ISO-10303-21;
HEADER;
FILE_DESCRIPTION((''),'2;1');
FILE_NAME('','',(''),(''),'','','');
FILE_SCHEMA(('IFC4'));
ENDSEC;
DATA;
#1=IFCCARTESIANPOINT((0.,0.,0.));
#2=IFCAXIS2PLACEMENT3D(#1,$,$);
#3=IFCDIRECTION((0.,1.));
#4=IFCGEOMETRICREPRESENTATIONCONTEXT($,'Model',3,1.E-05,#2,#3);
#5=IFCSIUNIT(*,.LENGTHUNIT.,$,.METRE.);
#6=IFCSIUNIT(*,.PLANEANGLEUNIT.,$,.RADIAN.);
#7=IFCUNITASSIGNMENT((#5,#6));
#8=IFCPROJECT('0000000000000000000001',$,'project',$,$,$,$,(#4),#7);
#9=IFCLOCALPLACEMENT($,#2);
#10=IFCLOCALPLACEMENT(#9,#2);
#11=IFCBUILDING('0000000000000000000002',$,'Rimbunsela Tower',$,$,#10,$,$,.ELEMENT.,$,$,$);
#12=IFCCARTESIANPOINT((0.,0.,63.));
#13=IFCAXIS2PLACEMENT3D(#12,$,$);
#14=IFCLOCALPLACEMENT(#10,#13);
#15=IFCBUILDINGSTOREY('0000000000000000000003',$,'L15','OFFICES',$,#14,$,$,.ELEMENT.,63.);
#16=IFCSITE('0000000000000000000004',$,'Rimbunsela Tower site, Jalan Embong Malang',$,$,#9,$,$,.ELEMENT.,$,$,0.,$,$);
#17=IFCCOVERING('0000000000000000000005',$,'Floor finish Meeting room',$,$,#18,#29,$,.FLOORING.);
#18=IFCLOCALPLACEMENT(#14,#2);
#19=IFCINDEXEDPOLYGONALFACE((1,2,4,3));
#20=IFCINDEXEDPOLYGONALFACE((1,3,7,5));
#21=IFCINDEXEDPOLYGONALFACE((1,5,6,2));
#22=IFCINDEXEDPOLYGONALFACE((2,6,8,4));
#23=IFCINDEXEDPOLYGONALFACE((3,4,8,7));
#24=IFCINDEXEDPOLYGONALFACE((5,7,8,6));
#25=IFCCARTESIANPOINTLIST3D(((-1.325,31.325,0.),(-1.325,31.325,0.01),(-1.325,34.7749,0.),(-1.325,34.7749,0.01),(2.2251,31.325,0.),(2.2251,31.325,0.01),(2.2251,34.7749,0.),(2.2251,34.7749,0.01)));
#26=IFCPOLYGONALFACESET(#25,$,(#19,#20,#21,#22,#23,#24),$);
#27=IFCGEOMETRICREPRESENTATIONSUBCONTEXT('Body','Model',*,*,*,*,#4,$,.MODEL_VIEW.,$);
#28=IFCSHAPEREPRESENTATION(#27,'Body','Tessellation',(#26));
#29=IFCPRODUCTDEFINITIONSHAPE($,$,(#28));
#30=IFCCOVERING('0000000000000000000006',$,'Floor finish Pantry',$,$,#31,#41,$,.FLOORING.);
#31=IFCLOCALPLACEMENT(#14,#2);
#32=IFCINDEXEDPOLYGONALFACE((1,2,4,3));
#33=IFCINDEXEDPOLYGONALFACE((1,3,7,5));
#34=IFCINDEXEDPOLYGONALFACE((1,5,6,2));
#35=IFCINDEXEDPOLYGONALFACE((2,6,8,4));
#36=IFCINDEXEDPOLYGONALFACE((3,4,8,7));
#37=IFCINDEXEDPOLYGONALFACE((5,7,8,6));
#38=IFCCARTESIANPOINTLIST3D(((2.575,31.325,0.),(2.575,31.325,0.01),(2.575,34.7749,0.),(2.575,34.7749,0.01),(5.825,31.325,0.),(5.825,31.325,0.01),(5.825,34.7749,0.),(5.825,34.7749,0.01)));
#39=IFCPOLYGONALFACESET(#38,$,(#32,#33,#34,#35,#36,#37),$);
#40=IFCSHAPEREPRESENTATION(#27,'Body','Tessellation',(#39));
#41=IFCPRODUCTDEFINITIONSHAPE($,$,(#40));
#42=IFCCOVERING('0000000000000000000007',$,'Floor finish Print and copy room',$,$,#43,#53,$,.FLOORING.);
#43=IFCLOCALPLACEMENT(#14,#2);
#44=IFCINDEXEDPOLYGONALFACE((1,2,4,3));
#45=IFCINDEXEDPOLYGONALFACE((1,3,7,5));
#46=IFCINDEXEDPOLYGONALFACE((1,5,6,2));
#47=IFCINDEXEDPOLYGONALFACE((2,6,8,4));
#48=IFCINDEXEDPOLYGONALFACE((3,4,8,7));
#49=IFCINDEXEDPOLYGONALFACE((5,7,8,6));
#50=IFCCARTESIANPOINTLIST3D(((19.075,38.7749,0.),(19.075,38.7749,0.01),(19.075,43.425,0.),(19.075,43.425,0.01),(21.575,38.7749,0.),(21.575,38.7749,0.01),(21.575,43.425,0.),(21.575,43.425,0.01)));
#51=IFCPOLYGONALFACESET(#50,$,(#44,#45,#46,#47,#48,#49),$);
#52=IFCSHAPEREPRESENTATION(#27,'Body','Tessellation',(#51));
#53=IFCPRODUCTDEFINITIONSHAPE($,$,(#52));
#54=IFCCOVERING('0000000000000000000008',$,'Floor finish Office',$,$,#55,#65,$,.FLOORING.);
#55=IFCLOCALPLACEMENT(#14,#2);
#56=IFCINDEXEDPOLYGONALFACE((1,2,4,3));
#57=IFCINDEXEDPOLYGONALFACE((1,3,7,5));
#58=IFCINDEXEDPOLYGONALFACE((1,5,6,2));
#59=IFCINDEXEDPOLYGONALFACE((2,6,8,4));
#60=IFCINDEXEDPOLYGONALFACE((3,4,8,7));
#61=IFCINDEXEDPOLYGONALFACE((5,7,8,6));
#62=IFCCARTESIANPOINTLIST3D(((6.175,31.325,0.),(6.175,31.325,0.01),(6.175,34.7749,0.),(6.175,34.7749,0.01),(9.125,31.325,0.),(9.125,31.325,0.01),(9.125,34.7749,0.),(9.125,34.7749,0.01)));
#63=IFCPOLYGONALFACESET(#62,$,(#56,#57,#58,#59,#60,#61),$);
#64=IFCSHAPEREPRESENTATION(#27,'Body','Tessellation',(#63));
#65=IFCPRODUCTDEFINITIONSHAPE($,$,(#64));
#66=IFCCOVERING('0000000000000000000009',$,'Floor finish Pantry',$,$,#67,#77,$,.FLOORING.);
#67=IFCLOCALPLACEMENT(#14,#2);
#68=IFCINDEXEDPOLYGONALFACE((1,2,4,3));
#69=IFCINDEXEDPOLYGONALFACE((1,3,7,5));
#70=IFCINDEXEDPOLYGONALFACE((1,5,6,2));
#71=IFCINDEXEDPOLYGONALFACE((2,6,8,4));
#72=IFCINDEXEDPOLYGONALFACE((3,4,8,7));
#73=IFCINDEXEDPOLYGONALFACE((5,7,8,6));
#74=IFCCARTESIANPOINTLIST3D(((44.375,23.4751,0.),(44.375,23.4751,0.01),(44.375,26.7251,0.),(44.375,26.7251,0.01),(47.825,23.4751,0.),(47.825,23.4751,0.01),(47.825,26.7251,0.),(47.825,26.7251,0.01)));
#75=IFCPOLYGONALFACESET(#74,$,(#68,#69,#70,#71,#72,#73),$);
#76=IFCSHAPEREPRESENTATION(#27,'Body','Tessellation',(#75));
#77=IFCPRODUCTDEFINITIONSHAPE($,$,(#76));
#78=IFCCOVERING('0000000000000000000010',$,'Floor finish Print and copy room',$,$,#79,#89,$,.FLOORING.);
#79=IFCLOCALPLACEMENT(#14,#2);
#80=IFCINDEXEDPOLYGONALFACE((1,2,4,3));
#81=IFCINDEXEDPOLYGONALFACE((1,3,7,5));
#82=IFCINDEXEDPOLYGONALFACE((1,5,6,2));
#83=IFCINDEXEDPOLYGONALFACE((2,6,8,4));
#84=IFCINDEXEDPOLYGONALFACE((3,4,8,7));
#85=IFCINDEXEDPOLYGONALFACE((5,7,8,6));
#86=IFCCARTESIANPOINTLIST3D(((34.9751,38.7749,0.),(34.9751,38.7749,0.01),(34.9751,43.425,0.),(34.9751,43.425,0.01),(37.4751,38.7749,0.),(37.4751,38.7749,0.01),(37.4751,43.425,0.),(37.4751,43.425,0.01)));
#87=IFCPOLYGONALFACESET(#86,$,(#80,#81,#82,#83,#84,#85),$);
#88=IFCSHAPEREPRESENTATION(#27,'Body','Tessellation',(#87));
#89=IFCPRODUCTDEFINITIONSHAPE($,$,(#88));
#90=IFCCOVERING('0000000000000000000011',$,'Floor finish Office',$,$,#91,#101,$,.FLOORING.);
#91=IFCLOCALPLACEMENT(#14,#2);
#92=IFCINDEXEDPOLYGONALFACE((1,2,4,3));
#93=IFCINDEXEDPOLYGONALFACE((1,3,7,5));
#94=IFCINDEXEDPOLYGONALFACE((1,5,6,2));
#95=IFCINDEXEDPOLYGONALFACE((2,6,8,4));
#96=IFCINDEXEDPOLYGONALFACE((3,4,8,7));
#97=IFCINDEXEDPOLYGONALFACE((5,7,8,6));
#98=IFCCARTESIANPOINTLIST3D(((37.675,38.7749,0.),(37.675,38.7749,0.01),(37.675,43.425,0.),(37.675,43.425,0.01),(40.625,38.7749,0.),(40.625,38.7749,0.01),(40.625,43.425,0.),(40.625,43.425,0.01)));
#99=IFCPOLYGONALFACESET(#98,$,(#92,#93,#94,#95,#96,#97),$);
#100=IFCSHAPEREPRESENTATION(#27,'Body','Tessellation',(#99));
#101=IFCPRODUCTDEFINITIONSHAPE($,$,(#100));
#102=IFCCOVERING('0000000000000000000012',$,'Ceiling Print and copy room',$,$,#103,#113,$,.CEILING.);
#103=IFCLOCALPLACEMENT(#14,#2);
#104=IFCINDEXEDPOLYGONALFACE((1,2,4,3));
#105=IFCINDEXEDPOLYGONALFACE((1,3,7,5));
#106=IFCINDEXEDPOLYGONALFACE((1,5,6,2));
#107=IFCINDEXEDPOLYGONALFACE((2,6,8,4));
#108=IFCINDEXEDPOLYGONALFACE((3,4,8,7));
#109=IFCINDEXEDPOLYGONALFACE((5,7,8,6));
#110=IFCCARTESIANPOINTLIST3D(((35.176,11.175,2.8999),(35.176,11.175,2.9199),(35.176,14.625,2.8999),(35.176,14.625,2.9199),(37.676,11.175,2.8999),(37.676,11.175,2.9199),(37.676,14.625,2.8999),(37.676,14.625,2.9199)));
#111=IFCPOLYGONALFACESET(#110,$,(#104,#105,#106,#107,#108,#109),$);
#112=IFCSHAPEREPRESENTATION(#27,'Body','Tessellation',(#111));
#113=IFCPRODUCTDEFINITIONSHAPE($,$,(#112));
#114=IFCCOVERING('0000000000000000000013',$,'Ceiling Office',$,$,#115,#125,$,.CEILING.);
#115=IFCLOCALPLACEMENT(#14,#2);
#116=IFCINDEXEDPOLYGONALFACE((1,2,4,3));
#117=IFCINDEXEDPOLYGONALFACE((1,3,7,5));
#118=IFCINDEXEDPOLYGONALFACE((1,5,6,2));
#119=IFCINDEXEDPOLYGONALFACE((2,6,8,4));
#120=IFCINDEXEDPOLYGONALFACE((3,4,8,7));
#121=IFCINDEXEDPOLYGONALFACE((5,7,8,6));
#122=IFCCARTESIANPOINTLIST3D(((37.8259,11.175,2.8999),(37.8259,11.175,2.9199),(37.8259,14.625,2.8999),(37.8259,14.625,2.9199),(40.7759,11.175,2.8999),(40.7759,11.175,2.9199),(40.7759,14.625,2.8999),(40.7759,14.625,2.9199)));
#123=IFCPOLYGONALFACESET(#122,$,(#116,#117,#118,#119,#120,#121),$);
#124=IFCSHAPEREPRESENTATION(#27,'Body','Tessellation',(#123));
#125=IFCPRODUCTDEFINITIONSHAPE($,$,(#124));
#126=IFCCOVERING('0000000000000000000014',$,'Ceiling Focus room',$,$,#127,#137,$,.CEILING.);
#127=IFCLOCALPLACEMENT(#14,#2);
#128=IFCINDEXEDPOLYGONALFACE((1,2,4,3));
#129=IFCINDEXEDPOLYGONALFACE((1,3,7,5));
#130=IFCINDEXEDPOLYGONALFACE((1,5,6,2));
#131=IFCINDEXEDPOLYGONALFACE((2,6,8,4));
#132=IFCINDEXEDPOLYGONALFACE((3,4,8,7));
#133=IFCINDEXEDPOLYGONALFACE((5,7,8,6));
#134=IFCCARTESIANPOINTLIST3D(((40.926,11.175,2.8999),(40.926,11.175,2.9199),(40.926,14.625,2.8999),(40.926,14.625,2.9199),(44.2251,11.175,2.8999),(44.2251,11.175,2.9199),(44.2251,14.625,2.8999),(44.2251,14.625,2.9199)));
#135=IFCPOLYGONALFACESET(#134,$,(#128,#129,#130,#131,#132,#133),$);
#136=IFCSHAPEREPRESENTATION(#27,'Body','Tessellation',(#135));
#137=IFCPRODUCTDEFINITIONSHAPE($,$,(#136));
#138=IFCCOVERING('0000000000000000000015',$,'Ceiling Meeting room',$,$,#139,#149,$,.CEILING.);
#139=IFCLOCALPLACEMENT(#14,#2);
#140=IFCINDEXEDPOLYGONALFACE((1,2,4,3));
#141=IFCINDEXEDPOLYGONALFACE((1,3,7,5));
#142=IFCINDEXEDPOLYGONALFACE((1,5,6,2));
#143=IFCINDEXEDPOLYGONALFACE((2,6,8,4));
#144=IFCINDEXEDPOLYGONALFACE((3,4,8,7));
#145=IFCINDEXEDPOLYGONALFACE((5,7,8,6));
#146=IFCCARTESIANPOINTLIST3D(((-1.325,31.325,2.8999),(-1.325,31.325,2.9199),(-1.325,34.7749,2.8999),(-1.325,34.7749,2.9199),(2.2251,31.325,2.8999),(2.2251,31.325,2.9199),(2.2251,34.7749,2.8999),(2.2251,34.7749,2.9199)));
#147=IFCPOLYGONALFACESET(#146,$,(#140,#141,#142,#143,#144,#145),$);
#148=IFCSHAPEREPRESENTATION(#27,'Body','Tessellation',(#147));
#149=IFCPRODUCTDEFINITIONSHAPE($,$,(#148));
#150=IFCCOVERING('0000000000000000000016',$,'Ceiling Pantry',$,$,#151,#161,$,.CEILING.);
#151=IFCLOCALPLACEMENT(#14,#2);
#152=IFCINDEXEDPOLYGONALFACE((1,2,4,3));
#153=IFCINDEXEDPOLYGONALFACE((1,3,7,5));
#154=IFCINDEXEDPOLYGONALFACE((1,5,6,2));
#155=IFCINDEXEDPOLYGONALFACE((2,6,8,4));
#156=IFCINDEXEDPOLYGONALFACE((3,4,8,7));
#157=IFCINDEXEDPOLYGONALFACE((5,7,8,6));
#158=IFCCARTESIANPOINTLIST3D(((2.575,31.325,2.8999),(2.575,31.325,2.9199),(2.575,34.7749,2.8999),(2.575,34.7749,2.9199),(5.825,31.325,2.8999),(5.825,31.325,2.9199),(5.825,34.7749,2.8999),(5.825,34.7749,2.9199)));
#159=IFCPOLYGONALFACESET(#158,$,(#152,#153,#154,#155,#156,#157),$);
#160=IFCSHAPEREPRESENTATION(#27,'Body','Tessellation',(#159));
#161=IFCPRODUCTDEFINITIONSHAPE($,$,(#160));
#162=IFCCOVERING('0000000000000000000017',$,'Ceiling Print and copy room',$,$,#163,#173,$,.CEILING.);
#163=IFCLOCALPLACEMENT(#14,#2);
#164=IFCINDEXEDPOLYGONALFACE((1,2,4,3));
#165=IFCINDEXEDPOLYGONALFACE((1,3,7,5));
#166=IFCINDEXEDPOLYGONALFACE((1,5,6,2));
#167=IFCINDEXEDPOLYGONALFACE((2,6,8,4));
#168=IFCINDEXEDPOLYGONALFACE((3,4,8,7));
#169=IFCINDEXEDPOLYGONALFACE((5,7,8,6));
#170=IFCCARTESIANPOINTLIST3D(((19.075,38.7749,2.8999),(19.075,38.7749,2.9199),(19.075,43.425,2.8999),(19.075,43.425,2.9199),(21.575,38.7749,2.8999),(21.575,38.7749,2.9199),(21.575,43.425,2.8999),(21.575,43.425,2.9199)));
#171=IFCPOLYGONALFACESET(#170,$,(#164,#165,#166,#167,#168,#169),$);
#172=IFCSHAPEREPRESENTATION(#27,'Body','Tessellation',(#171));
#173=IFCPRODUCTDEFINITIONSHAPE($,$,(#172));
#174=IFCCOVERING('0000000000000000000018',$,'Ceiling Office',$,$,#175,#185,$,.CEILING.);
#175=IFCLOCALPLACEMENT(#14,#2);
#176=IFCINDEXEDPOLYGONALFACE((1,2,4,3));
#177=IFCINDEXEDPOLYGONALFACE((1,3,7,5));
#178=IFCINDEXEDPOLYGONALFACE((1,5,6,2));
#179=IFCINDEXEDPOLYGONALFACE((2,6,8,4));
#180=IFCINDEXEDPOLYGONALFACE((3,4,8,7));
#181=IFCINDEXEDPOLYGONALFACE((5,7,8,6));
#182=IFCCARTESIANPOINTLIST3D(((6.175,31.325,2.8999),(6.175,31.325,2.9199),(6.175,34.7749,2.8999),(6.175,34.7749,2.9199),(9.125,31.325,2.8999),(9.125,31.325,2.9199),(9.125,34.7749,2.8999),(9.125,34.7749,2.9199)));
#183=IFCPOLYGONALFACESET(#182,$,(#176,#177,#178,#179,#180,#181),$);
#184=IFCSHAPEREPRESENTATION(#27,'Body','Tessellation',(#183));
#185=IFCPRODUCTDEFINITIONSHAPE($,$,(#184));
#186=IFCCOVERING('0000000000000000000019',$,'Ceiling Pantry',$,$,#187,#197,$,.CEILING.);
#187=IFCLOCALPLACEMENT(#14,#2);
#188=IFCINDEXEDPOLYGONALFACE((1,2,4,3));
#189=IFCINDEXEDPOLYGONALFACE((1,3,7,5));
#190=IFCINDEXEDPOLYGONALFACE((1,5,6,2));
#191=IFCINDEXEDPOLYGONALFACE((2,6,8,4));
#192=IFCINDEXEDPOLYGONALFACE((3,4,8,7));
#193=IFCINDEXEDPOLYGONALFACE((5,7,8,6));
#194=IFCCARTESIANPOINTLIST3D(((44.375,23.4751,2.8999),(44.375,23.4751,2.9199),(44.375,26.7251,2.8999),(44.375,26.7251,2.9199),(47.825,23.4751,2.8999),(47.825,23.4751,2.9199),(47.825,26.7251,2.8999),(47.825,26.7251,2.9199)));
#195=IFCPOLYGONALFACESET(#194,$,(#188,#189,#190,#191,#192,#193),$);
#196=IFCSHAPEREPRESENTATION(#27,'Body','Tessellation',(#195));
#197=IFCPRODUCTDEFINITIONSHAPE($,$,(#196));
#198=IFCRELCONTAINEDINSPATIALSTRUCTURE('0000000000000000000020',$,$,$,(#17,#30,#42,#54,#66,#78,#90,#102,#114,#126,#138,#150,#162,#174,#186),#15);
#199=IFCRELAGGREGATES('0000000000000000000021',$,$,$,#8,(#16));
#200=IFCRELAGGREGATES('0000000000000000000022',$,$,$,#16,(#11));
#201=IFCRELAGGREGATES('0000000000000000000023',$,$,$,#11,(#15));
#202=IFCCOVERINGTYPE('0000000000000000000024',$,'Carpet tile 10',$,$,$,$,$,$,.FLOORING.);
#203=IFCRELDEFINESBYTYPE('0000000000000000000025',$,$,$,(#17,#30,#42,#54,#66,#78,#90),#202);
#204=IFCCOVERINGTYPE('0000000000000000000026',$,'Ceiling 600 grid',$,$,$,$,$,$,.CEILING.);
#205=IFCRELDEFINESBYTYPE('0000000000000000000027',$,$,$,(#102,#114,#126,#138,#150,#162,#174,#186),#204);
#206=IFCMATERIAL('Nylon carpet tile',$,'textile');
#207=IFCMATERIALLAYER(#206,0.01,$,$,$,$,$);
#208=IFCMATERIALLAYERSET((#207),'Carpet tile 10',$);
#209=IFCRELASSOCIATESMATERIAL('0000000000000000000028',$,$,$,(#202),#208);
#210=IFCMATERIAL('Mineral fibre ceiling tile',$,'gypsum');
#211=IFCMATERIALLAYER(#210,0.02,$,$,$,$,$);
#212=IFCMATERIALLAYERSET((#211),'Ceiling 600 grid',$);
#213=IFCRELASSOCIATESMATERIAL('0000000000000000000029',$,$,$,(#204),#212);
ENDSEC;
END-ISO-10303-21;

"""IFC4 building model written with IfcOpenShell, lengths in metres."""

from ifc_helpers import new_model, si_unit, direction, frame, origin, place, context, subcontext, project, spatial, polyline, outline, extrude, material, layer, layer_set, type_object, element, save


model = new_model("IFC4")

# Units and contexts
model_context = context("Model", 3, precision=1e-05, world=origin(), true_north=direction((0.0, 1.0)))
body_context = subcontext(model_context, "Body", "Model", "MODEL_VIEW")
ifc_project = project(units=[si_unit("LENGTHUNIT", "METRE"), si_unit("PLANEANGLEUNIT", "RADIAN")], contexts=[model_context])

# Site, building, storey
site_placement = place(None, origin())
site = spatial("IfcSite", under=ifc_project, at=site_placement, Name="Rimbunsela Tower site, Jalan Embong Malang", CompositionType="ELEMENT", RefElevation=0.0)
building_placement = place(site_placement, origin())
building = spatial("IfcBuilding", under=site, at=building_placement, Name="Rimbunsela Tower", CompositionType="ELEMENT")
storey_placement = place(building_placement, frame((0.0, 0.0, 63.0)))
storey = spatial("IfcBuildingStorey", under=building, at=storey_placement, Name="L15", Description="OFFICES", CompositionType="ELEMENT", Elevation=63.0)

# Coverings
ifc_material_1 = material(Name="Nylon carpet tile", Category="textile")
ifc_layer_1 = layer(ifc_material_1, 0.01)
ifc_layer_set_1 = layer_set([ifc_layer_1], Name="Carpet tile 10")
covering_type_1 = type_object("IfcCoveringType", Name="Carpet tile 10", PredefinedType="FLOORING", material=ifc_layer_set_1)
covering_1_placement = place(storey_placement, origin())
element("IfcCovering", 1, at=covering_1_placement, inside=storey, type_object=covering_type_1, Name="Floor finish Meeting room", PredefinedType="FLOORING", context=body_context, shape_type="SweptSolid", body=[
    extrude(outline(polyline([(2.2251, 31.325), (2.2251, 34.7749), (-1.325, 34.7749), (-1.325, 31.325), (2.2251, 31.325)])), origin(), (0.0, 0.0, 1.0), 0.01),
])
covering_2_placement = place(storey_placement, origin())
element("IfcCovering", 2, at=covering_2_placement, inside=storey, type_object=covering_type_1, Name="Floor finish Pantry", PredefinedType="FLOORING", context=body_context, shape_type="SweptSolid", body=[
    extrude(outline(polyline([(5.825, 31.325), (5.825, 34.7749), (2.575, 34.7749), (2.575, 31.325), (5.825, 31.325)])), origin(), (0.0, 0.0, 1.0), 0.01),
])
covering_3_placement = place(storey_placement, origin())
element("IfcCovering", 3, at=covering_3_placement, inside=storey, type_object=covering_type_1, Name="Floor finish Print and copy room", PredefinedType="FLOORING", context=body_context, shape_type="SweptSolid", body=[
    extrude(outline(polyline([(21.575, 38.7749), (21.575, 43.425), (19.075, 43.425), (19.075, 38.7749), (21.575, 38.7749)])), origin(), (0.0, 0.0, 1.0), 0.01),
])
covering_4_placement = place(storey_placement, origin())
element("IfcCovering", 4, at=covering_4_placement, inside=storey, type_object=covering_type_1, Name="Floor finish Office", PredefinedType="FLOORING", context=body_context, shape_type="SweptSolid", body=[
    extrude(outline(polyline([(9.125, 31.325), (9.125, 34.7749), (6.175, 34.7749), (6.175, 31.325), (9.125, 31.325)])), origin(), (0.0, 0.0, 1.0), 0.01),
])
covering_5_placement = place(storey_placement, origin())
element("IfcCovering", 5, at=covering_5_placement, inside=storey, type_object=covering_type_1, Name="Floor finish Pantry", PredefinedType="FLOORING", context=body_context, shape_type="SweptSolid", body=[
    extrude(outline(polyline([(47.825, 23.4751), (47.825, 26.7251), (44.375, 26.7251), (44.375, 23.4751), (47.825, 23.4751)])), origin(), (0.0, 0.0, 1.0), 0.01),
])
covering_6_placement = place(storey_placement, origin())
element("IfcCovering", 6, at=covering_6_placement, inside=storey, type_object=covering_type_1, Name="Floor finish Print and copy room", PredefinedType="FLOORING", context=body_context, shape_type="SweptSolid", body=[
    extrude(outline(polyline([(37.4751, 38.7749), (37.4751, 43.425), (34.9751, 43.425), (34.9751, 38.7749), (37.4751, 38.7749)])), origin(), (0.0, 0.0, 1.0), 0.01),
])
covering_7_placement = place(storey_placement, origin())
element("IfcCovering", 7, at=covering_7_placement, inside=storey, type_object=covering_type_1, Name="Floor finish Office", PredefinedType="FLOORING", context=body_context, shape_type="SweptSolid", body=[
    extrude(outline(polyline([(40.625, 38.7749), (40.625, 43.425), (37.675, 43.425), (37.675, 38.7749), (40.625, 38.7749)])), origin(), (0.0, 0.0, 1.0), 0.01),
])
ifc_material_2 = material(Name="Mineral fibre ceiling tile", Category="gypsum")
ifc_layer_2 = layer(ifc_material_2, 0.02)
ifc_layer_set_2 = layer_set([ifc_layer_2], Name="Ceiling 600 grid")
covering_type_2 = type_object("IfcCoveringType", Name="Ceiling 600 grid", PredefinedType="CEILING", material=ifc_layer_set_2)
covering_8_placement = place(storey_placement, frame((0.0, 0.0, 2.8999)))
element("IfcCovering", 8, at=covering_8_placement, inside=storey, type_object=covering_type_2, Name="Ceiling Print and copy room", PredefinedType="CEILING", context=body_context, shape_type="SweptSolid", body=[
    extrude(outline(polyline([(37.676, 11.175), (37.676, 14.625), (35.176, 14.625), (35.176, 11.175), (37.676, 11.175)])), origin(), (0.0, 0.0, 1.0), 0.02),
])
covering_9_placement = place(storey_placement, frame((0.0, 0.0, 2.8999)))
element("IfcCovering", 9, at=covering_9_placement, inside=storey, type_object=covering_type_2, Name="Ceiling Office", PredefinedType="CEILING", context=body_context, shape_type="SweptSolid", body=[
    extrude(outline(polyline([(40.7759, 11.175), (40.7759, 14.625), (37.8259, 14.625), (37.8259, 11.175), (40.7759, 11.175)])), origin(), (0.0, 0.0, 1.0), 0.02),
])
covering_10_placement = place(storey_placement, frame((0.0, 0.0, 2.8999)))
element("IfcCovering", 10, at=covering_10_placement, inside=storey, type_object=covering_type_2, Name="Ceiling Focus room", PredefinedType="CEILING", context=body_context, shape_type="SweptSolid", body=[
    extrude(outline(polyline([(44.2251, 11.175), (44.2251, 14.625), (40.926, 14.625), (40.926, 11.175), (44.2251, 11.175)])), origin(), (0.0, 0.0, 1.0), 0.02),
])
covering_11_placement = place(storey_placement, frame((0.0, 0.0, 2.8999)))
element("IfcCovering", 11, at=covering_11_placement, inside=storey, type_object=covering_type_2, Name="Ceiling Meeting room", PredefinedType="CEILING", context=body_context, shape_type="SweptSolid", body=[
    extrude(outline(polyline([(2.2251, 31.325), (2.2251, 34.7749), (-1.325, 34.7749), (-1.325, 31.325), (2.2251, 31.325)])), origin(), (0.0, 0.0, 1.0), 0.02),
])
covering_12_placement = place(storey_placement, frame((0.0, 0.0, 2.8999)))
element("IfcCovering", 12, at=covering_12_placement, inside=storey, type_object=covering_type_2, Name="Ceiling Pantry", PredefinedType="CEILING", context=body_context, shape_type="SweptSolid", body=[
    extrude(outline(polyline([(5.825, 31.325), (5.825, 34.7749), (2.575, 34.7749), (2.575, 31.325), (5.825, 31.325)])), origin(), (0.0, 0.0, 1.0), 0.02),
])
covering_13_placement = place(storey_placement, frame((0.0, 0.0, 2.8999)))
element("IfcCovering", 13, at=covering_13_placement, inside=storey, type_object=covering_type_2, Name="Ceiling Print and copy room", PredefinedType="CEILING", context=body_context, shape_type="SweptSolid", body=[
    extrude(outline(polyline([(21.575, 38.7749), (21.575, 43.425), (19.075, 43.425), (19.075, 38.7749), (21.575, 38.7749)])), origin(), (0.0, 0.0, 1.0), 0.02),
])
covering_14_placement = place(storey_placement, frame((0.0, 0.0, 2.8999)))
element("IfcCovering", 14, at=covering_14_placement, inside=storey, type_object=covering_type_2, Name="Ceiling Office", PredefinedType="CEILING", context=body_context, shape_type="SweptSolid", body=[
    extrude(outline(polyline([(9.125, 31.325), (9.125, 34.7749), (6.175, 34.7749), (6.175, 31.325), (9.125, 31.325)])), origin(), (0.0, 0.0, 1.0), 0.02),
])
covering_15_placement = place(storey_placement, frame((0.0, 0.0, 2.8999)))
element("IfcCovering", 15, at=covering_15_placement, inside=storey, type_object=covering_type_2, Name="Ceiling Pantry", PredefinedType="CEILING", context=body_context, shape_type="SweptSolid", body=[
    extrude(outline(polyline([(47.825, 23.4751), (47.825, 26.7251), (44.375, 26.7251), (44.375, 23.4751), (47.825, 23.4751)])), origin(), (0.0, 0.0, 1.0), 0.02),
])

save(model, "model.ifc")
